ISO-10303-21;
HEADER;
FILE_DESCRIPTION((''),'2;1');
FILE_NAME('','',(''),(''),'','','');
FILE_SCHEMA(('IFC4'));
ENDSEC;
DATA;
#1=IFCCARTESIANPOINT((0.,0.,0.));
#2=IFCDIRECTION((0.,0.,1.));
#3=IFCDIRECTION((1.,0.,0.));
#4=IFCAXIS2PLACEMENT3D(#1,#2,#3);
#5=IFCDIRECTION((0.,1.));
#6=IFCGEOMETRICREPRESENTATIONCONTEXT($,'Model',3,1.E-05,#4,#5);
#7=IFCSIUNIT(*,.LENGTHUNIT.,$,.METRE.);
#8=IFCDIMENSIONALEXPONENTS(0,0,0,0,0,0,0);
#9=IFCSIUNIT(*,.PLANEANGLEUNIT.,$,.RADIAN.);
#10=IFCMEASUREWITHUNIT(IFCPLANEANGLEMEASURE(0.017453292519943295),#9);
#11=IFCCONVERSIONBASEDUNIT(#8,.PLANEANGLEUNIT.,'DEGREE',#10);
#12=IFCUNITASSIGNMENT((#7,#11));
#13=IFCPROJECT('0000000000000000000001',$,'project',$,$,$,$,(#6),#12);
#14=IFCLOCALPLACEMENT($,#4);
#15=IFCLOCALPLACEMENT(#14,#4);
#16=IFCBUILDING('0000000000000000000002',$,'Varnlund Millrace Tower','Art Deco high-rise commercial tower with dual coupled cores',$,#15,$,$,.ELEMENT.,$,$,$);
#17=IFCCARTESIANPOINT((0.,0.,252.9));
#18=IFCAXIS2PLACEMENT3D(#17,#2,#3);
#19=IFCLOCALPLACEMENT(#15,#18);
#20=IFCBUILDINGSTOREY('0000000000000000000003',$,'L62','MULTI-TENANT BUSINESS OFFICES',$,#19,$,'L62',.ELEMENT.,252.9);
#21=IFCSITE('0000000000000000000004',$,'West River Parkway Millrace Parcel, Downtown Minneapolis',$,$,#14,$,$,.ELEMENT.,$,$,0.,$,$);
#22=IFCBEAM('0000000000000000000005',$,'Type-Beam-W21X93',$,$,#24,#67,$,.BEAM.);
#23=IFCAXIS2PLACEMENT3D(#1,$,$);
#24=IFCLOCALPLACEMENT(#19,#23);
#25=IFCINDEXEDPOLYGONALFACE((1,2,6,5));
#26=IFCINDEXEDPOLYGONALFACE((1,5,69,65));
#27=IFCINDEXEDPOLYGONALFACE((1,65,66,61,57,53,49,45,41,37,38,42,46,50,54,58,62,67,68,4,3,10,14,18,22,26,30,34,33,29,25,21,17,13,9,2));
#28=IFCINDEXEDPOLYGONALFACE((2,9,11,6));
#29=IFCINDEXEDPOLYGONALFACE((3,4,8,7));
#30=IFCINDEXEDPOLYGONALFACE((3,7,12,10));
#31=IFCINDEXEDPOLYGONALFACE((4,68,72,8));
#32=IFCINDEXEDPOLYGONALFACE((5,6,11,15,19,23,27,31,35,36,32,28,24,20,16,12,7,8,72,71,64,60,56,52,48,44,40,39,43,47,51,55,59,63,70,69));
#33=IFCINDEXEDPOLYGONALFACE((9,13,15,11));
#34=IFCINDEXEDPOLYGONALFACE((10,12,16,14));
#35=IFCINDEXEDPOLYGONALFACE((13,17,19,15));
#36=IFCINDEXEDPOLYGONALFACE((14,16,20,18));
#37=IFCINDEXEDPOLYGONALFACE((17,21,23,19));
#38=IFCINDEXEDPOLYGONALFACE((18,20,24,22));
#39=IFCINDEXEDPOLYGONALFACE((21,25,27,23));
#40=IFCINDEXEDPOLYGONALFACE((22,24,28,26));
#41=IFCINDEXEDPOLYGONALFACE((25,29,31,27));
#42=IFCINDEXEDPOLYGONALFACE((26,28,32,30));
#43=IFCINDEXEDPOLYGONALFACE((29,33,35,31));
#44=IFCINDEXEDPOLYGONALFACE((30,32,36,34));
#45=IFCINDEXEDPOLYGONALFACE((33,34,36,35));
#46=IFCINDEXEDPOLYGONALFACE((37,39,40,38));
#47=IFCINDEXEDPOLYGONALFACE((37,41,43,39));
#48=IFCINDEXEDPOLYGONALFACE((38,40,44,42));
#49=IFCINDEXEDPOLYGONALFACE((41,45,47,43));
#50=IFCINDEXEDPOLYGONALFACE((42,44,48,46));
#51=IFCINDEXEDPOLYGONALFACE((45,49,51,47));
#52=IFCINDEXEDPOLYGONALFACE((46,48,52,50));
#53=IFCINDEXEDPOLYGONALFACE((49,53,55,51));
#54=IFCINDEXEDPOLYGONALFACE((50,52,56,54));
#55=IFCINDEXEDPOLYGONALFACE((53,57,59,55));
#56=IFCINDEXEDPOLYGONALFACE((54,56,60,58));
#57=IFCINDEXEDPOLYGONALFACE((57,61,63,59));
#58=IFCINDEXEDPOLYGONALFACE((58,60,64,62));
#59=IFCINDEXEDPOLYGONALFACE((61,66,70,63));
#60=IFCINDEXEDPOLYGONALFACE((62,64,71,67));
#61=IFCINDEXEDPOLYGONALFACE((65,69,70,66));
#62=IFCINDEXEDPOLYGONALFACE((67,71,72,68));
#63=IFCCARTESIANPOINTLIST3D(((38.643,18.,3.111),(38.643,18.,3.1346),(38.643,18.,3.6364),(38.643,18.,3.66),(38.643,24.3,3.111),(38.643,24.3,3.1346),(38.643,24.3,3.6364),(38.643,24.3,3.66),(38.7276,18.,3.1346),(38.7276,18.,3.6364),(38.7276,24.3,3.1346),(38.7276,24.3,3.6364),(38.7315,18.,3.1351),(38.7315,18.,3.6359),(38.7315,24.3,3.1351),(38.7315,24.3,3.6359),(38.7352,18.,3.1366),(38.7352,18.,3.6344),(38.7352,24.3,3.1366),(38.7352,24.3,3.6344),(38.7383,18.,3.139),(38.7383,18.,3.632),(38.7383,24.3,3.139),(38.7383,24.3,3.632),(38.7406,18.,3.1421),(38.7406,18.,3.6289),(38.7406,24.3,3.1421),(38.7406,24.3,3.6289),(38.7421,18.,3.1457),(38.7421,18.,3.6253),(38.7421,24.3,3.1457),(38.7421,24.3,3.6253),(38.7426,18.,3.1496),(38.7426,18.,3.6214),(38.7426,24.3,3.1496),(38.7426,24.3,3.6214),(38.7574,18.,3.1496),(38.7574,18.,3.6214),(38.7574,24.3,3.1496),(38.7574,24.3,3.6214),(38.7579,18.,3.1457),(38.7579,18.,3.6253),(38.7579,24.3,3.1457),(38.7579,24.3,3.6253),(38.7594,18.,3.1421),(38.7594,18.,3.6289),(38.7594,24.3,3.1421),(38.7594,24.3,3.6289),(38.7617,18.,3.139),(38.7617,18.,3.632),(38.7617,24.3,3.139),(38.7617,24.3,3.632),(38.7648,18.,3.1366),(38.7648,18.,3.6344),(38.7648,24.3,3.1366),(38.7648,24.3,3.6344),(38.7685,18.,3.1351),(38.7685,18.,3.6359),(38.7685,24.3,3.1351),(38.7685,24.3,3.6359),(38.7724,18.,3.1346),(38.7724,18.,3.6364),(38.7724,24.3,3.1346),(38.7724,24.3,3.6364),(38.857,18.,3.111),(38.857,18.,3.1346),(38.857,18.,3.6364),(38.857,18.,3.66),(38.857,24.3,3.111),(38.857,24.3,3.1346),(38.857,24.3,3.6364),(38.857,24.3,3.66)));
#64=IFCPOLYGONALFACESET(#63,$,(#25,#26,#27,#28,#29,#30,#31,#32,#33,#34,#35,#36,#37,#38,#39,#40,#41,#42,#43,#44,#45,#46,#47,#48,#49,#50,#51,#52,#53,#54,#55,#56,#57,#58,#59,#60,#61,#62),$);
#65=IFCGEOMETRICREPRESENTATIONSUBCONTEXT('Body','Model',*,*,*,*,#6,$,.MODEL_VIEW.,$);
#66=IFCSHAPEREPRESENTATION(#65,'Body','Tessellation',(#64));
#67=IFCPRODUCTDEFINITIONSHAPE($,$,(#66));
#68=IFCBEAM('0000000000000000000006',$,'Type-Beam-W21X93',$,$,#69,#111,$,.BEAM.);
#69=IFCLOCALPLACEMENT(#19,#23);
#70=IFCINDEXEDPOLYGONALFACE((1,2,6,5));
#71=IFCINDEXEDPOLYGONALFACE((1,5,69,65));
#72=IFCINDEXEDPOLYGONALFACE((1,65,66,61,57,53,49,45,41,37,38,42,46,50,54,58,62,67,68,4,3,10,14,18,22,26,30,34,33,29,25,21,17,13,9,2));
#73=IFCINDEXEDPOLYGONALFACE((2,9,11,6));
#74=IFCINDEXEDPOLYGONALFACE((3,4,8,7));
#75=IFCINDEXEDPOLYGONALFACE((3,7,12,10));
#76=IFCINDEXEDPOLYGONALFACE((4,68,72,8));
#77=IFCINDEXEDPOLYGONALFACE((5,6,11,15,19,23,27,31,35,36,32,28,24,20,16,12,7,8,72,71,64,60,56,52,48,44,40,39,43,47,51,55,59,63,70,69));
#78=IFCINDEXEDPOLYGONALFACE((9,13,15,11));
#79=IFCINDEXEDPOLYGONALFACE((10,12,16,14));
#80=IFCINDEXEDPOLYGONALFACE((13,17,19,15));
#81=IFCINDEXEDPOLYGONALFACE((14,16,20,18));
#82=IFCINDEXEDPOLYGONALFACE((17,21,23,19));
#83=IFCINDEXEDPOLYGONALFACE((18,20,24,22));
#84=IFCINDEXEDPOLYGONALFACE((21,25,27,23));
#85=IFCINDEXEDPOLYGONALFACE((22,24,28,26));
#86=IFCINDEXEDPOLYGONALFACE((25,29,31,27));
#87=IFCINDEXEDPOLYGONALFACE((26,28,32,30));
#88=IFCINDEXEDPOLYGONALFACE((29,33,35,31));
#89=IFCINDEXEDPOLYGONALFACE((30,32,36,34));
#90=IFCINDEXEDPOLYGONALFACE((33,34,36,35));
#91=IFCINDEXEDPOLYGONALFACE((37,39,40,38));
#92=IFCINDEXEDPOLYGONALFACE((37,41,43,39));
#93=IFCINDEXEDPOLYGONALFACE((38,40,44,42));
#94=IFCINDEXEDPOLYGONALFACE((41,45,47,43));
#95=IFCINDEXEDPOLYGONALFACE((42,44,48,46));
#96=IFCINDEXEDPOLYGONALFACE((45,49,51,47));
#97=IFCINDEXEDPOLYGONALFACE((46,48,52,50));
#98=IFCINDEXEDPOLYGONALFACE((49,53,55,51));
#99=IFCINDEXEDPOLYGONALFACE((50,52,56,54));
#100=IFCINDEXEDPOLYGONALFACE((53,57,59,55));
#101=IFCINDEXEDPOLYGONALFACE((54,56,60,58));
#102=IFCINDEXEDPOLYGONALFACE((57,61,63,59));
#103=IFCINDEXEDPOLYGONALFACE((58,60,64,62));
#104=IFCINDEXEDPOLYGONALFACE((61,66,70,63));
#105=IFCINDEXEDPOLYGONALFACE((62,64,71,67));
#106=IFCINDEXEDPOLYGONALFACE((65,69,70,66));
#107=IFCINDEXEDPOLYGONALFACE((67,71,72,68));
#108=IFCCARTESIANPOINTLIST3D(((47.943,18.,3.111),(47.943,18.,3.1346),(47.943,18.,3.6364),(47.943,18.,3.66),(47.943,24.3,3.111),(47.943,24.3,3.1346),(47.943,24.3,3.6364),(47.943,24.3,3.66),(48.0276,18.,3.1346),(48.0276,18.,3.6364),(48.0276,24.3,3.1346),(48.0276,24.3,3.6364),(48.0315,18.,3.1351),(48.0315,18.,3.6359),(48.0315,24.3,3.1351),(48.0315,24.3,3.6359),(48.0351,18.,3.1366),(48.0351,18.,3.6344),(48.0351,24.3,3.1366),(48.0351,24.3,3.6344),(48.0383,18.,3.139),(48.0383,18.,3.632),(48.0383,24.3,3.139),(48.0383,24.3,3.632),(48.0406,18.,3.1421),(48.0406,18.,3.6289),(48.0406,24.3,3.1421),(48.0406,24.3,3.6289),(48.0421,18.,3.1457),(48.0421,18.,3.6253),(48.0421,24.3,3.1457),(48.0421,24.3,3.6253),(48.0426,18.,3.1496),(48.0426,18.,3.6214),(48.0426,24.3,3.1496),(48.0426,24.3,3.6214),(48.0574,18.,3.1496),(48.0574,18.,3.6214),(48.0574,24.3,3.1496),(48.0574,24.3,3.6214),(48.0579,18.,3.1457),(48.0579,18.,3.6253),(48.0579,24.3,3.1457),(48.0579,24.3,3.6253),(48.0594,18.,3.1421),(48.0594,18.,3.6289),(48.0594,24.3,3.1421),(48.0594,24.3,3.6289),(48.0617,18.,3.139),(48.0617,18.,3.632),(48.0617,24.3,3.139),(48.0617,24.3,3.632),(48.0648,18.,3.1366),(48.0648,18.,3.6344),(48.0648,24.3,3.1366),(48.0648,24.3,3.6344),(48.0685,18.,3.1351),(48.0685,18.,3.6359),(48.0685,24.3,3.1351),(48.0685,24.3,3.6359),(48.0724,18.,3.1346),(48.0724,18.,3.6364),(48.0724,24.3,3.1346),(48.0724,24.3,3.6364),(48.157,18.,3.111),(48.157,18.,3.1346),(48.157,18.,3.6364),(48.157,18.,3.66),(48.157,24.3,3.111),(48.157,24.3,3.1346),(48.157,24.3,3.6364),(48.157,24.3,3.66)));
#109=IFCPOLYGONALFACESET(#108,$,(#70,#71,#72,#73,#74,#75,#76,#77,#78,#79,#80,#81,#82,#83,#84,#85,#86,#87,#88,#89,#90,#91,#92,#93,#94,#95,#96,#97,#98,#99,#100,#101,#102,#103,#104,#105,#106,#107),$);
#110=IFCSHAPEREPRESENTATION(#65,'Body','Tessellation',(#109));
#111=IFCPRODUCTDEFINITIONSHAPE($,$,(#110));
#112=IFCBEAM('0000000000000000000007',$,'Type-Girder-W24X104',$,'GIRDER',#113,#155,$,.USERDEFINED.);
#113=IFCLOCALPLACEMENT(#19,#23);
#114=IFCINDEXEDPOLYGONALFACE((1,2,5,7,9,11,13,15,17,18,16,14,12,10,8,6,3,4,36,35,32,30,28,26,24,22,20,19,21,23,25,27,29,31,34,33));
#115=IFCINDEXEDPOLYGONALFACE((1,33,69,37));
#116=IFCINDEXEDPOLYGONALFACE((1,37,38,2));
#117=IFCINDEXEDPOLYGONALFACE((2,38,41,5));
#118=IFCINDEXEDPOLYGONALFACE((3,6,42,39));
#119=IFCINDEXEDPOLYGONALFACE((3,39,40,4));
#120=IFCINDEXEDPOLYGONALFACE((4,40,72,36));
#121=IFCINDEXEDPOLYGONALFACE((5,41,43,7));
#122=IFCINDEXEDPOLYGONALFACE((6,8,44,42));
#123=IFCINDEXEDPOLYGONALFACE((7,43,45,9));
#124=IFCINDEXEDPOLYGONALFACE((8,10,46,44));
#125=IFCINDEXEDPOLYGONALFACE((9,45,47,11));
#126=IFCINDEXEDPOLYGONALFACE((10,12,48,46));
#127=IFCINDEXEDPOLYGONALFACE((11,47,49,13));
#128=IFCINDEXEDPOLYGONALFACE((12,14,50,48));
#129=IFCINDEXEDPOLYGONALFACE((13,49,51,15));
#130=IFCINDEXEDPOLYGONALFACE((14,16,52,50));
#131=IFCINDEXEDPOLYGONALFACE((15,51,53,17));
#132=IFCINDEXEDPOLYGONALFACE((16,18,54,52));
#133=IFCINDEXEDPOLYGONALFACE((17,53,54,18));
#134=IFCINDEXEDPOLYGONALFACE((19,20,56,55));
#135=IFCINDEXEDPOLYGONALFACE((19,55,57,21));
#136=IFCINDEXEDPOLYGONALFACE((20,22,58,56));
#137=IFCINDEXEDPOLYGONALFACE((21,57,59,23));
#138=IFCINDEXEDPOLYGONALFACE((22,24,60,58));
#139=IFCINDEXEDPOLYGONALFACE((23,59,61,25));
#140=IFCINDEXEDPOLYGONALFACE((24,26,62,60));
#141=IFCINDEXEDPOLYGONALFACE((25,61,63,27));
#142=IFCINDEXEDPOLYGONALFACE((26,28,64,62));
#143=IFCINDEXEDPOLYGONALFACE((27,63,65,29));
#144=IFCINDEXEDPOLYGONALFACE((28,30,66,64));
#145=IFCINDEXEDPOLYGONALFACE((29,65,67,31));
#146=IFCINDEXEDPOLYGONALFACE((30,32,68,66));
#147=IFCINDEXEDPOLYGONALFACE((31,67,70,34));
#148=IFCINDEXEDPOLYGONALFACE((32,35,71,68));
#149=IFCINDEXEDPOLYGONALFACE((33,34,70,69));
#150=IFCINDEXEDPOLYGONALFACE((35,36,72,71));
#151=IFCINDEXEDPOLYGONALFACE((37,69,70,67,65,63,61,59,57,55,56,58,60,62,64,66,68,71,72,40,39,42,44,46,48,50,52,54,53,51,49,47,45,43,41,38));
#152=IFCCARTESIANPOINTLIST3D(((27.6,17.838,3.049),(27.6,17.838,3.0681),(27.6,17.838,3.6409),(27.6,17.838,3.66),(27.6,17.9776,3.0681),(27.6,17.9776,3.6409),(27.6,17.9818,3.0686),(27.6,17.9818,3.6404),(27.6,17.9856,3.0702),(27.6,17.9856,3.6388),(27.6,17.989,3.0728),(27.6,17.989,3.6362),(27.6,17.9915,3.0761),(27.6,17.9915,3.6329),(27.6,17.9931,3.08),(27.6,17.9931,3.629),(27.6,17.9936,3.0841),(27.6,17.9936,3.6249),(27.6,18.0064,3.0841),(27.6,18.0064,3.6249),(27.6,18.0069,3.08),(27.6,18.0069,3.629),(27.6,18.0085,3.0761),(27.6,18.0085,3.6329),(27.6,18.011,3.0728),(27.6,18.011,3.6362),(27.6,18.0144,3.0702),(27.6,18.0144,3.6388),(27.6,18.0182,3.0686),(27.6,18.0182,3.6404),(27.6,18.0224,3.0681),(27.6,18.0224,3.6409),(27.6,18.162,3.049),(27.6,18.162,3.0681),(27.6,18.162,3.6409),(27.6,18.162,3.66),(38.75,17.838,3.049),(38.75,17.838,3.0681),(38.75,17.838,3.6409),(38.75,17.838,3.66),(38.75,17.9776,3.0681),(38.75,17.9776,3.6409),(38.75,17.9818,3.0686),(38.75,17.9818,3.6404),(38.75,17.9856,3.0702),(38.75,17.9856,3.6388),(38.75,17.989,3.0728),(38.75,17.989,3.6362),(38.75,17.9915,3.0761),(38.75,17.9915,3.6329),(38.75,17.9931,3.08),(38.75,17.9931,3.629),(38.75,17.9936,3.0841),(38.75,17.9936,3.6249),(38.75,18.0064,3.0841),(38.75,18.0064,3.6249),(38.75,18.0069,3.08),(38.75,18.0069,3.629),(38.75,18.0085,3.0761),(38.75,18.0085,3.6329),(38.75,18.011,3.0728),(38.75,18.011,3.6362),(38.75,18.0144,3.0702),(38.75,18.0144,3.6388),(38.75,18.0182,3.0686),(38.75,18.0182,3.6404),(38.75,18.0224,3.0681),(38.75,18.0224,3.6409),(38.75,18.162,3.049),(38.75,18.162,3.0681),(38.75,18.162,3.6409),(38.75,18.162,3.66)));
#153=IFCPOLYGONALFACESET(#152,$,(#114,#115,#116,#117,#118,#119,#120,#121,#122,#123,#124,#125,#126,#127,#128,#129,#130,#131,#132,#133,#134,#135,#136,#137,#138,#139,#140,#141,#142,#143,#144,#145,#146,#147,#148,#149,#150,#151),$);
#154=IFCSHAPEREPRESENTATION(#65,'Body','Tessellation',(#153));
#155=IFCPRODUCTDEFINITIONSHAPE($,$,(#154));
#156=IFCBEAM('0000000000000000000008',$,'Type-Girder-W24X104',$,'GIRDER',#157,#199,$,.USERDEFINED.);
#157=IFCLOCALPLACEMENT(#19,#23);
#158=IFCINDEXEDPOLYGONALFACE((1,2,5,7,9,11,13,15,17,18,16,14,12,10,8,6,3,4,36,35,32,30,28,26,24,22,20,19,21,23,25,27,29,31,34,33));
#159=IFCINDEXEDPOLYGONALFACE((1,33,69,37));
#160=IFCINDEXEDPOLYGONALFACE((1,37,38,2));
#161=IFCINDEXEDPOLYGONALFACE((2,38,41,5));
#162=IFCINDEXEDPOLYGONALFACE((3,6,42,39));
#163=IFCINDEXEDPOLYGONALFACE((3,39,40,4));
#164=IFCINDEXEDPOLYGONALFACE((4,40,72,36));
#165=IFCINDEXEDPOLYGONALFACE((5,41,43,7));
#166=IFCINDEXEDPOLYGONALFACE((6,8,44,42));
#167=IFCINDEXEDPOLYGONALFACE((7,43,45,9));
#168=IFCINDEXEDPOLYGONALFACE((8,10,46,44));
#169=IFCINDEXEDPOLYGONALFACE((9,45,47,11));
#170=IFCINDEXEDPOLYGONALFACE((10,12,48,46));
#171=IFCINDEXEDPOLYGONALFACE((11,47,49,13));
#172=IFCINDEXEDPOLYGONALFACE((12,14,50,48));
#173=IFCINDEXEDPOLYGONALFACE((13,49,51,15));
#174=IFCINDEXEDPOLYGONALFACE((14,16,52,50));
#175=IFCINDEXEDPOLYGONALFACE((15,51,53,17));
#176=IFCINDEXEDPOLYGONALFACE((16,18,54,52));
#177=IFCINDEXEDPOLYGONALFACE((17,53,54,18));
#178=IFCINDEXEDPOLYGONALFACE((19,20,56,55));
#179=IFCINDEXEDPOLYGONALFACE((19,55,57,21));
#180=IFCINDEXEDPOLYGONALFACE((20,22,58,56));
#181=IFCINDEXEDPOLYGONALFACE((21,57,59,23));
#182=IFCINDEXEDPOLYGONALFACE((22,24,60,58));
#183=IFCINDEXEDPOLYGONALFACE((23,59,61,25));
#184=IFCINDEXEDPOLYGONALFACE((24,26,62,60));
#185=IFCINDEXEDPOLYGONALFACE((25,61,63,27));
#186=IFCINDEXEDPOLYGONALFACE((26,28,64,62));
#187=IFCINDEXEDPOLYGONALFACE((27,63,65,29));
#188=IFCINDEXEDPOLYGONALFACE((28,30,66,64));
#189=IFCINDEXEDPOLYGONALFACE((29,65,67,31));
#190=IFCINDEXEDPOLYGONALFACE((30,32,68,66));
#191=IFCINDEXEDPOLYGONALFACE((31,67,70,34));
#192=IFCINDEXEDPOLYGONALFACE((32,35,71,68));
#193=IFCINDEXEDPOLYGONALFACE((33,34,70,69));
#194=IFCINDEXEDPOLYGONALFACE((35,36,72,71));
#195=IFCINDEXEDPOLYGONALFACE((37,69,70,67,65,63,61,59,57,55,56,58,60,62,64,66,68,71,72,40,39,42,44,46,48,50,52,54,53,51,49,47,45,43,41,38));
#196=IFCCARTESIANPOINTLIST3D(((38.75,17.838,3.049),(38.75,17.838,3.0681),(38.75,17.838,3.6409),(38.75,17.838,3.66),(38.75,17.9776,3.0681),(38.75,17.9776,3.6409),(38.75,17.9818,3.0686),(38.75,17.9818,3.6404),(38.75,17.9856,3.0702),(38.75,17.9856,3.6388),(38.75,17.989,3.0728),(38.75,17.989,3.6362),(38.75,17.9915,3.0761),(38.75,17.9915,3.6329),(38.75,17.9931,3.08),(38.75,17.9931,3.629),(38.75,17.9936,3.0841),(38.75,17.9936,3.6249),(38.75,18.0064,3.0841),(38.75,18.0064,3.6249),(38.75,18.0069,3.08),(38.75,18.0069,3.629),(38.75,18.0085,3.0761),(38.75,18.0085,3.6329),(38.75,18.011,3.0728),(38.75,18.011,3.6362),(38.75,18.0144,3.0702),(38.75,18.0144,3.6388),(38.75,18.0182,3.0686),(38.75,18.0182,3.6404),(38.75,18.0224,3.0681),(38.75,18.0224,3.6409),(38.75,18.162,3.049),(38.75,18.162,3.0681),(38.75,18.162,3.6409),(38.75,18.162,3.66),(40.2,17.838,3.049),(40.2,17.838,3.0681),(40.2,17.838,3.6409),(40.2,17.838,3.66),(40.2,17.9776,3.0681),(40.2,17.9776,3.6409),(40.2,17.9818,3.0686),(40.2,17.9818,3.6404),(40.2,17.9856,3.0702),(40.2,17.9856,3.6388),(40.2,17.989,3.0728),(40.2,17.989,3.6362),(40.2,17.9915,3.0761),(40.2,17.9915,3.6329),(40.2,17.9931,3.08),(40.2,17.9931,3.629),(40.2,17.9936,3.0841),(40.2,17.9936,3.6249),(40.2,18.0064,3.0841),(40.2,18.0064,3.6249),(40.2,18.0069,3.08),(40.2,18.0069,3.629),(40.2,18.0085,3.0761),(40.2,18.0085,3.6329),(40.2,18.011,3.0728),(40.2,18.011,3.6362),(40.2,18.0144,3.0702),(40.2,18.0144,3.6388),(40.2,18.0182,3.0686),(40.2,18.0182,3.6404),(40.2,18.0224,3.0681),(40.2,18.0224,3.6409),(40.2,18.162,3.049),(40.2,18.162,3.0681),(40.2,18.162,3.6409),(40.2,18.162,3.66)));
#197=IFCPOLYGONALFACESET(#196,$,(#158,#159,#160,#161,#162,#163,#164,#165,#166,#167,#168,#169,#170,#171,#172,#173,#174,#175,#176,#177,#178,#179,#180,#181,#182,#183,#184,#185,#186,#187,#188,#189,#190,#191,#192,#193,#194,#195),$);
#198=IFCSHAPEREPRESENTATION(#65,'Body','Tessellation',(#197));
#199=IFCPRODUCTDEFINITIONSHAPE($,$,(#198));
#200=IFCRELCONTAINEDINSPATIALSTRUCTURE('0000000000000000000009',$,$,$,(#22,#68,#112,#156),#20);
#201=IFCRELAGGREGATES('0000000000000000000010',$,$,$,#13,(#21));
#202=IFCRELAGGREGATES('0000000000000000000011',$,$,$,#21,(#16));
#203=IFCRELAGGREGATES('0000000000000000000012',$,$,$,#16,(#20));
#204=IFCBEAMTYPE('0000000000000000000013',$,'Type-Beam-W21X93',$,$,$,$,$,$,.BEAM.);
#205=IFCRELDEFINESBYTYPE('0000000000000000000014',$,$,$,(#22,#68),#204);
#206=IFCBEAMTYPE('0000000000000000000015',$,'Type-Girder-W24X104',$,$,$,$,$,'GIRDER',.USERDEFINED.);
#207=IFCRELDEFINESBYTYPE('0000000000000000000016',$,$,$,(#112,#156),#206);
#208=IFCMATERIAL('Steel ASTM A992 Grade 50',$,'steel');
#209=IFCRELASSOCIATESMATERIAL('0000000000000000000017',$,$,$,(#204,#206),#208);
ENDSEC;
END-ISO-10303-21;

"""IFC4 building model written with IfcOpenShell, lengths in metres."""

from ifc_helpers import new_model, entity, si_unit, converted_unit, direction, frame, origin_with_axes, origin_2d_with_axis, place, context, subcontext, project, spatial, i_section, extrude, material, material_profile, profile_set, type_object, element, save


model = new_model("IFC4")

# Units and contexts
model_context = context("Model", 3, precision=1e-05, world=origin_with_axes(), true_north=direction((0.0, 1.0)))
body_context = subcontext(model_context, "Body", "Model", "MODEL_VIEW")
ifc_project = project(units=[si_unit("LENGTHUNIT", "METRE"), converted_unit("PLANEANGLEUNIT", "DEGREE", entity("IfcPlaneAngleMeasure", 0.017453292519943295), si_unit("PLANEANGLEUNIT", "RADIAN"), dimensions=[0, 0, 0, 0, 0, 0, 0])], contexts=[model_context])

# Site, building, storey
site_placement = place(None, origin_with_axes())
site = spatial("IfcSite", under=ifc_project, at=site_placement, Name="West River Parkway Millrace Parcel, Downtown Minneapolis", CompositionType="ELEMENT", RefElevation=0.0)
building_placement = place(site_placement, origin_with_axes())
building = spatial("IfcBuilding", under=site, at=building_placement, Name="Varnlund Millrace Tower", Description="Art Deco high-rise commercial tower with dual coupled cores", CompositionType="ELEMENT")
storey_placement = place(building_placement, frame((0.0, 0.0, 252.9), z_axis=(0.0, 0.0, 1.0), x_axis=(1.0, 0.0, 0.0)))
storey = spatial("IfcBuildingStorey", under=building, at=storey_placement, Name="L62", Description="MULTI-TENANT BUSINESS OFFICES", LongName="L62", CompositionType="ELEMENT", Elevation=252.9)

# Beams
ifc_material_1 = material(Name="Steel ASTM A992 Grade 50", Category="steel")
ifc_material_profile_1 = material_profile(ifc_material_1, i_section(OverallWidth=0.214, OverallDepth=0.549, WebThickness=0.0147, FlangeThickness=0.0236, FilletRadius=0.015, at=origin_2d_with_axis()), Name="Steel ASTM A992 Grade 50")
ifc_profile_set_1 = profile_set([ifc_material_profile_1], Name="Steel ASTM A992 Grade 50")
beam_type_1 = type_object("IfcBeamType", Name="Type-Beam-W21X93", PredefinedType="BEAM", material=ifc_profile_set_1)
for number, where, z_axis, x_axis, name in (
    (1, (38.75, 18.0, 3.3855), (0.0, 1.0, 0.0), (-1.0, 0.0, 0.0), "Type-Beam-W21X93"),
    (2, (48.05, 18.0, 3.3855), (0.0, 1.0, 0.0), (-1.0, 0.0, 0.0), "Type-Beam-W21X93"),
):
    element("IfcBeam", number, at=place(storey_placement, frame(where, z_axis=z_axis, x_axis=x_axis)), inside=storey, type_object=beam_type_1, Name=name, PredefinedType="BEAM", context=body_context, shape_type="SweptSolid", body=[
        extrude(i_section(OverallWidth=0.214, OverallDepth=0.549, WebThickness=0.0147, FlangeThickness=0.0236, FilletRadius=0.015, at=origin_2d_with_axis()), origin_with_axes(), (0.0, 0.0, 1.0), 6.3),
    ])
ifc_material_profile_2 = material_profile(ifc_material_1, i_section(OverallWidth=0.324, OverallDepth=0.611, WebThickness=0.0127, FlangeThickness=0.0191, FilletRadius=0.016, at=origin_2d_with_axis()), Name="Steel ASTM A992 Grade 50")
ifc_profile_set_2 = profile_set([ifc_material_profile_2], Name="Steel ASTM A992 Grade 50")
beam_type_2 = type_object("IfcBeamType", Name="Type-Girder-W24X104", ElementType="GIRDER", PredefinedType="USERDEFINED", material=ifc_profile_set_2)
beam_1_placement = place(storey_placement, frame((27.6, 18.0, 3.3545), z_axis=(1.0, 0.0, 0.0), x_axis=(0.0, 1.0, 0.0)))
element("IfcBeam", 3, at=beam_1_placement, inside=storey, type_object=beam_type_2, Name="Type-Girder-W24X104", ObjectType="GIRDER", PredefinedType="USERDEFINED", context=body_context, shape_type="SweptSolid", body=[
    extrude(i_section(OverallWidth=0.324, OverallDepth=0.611, WebThickness=0.0127, FlangeThickness=0.0191, FilletRadius=0.016, at=origin_2d_with_axis()), origin_with_axes(), (0.0, 0.0, 1.0), 11.15),
])
beam_2_placement = place(storey_placement, frame((38.75, 18.0, 3.3545), z_axis=(1.0, 0.0, 0.0), x_axis=(0.0, 1.0, 0.0)))
element("IfcBeam", 4, at=beam_2_placement, inside=storey, type_object=beam_type_2, Name="Type-Girder-W24X104", ObjectType="GIRDER", PredefinedType="USERDEFINED", context=body_context, shape_type="SweptSolid", body=[
    extrude(i_section(OverallWidth=0.324, OverallDepth=0.611, WebThickness=0.0127, FlangeThickness=0.0191, FilletRadius=0.016, at=origin_2d_with_axis()), origin_with_axes(), (0.0, 0.0, 1.0), 1.45),
])

save(model, "model.ifc")
